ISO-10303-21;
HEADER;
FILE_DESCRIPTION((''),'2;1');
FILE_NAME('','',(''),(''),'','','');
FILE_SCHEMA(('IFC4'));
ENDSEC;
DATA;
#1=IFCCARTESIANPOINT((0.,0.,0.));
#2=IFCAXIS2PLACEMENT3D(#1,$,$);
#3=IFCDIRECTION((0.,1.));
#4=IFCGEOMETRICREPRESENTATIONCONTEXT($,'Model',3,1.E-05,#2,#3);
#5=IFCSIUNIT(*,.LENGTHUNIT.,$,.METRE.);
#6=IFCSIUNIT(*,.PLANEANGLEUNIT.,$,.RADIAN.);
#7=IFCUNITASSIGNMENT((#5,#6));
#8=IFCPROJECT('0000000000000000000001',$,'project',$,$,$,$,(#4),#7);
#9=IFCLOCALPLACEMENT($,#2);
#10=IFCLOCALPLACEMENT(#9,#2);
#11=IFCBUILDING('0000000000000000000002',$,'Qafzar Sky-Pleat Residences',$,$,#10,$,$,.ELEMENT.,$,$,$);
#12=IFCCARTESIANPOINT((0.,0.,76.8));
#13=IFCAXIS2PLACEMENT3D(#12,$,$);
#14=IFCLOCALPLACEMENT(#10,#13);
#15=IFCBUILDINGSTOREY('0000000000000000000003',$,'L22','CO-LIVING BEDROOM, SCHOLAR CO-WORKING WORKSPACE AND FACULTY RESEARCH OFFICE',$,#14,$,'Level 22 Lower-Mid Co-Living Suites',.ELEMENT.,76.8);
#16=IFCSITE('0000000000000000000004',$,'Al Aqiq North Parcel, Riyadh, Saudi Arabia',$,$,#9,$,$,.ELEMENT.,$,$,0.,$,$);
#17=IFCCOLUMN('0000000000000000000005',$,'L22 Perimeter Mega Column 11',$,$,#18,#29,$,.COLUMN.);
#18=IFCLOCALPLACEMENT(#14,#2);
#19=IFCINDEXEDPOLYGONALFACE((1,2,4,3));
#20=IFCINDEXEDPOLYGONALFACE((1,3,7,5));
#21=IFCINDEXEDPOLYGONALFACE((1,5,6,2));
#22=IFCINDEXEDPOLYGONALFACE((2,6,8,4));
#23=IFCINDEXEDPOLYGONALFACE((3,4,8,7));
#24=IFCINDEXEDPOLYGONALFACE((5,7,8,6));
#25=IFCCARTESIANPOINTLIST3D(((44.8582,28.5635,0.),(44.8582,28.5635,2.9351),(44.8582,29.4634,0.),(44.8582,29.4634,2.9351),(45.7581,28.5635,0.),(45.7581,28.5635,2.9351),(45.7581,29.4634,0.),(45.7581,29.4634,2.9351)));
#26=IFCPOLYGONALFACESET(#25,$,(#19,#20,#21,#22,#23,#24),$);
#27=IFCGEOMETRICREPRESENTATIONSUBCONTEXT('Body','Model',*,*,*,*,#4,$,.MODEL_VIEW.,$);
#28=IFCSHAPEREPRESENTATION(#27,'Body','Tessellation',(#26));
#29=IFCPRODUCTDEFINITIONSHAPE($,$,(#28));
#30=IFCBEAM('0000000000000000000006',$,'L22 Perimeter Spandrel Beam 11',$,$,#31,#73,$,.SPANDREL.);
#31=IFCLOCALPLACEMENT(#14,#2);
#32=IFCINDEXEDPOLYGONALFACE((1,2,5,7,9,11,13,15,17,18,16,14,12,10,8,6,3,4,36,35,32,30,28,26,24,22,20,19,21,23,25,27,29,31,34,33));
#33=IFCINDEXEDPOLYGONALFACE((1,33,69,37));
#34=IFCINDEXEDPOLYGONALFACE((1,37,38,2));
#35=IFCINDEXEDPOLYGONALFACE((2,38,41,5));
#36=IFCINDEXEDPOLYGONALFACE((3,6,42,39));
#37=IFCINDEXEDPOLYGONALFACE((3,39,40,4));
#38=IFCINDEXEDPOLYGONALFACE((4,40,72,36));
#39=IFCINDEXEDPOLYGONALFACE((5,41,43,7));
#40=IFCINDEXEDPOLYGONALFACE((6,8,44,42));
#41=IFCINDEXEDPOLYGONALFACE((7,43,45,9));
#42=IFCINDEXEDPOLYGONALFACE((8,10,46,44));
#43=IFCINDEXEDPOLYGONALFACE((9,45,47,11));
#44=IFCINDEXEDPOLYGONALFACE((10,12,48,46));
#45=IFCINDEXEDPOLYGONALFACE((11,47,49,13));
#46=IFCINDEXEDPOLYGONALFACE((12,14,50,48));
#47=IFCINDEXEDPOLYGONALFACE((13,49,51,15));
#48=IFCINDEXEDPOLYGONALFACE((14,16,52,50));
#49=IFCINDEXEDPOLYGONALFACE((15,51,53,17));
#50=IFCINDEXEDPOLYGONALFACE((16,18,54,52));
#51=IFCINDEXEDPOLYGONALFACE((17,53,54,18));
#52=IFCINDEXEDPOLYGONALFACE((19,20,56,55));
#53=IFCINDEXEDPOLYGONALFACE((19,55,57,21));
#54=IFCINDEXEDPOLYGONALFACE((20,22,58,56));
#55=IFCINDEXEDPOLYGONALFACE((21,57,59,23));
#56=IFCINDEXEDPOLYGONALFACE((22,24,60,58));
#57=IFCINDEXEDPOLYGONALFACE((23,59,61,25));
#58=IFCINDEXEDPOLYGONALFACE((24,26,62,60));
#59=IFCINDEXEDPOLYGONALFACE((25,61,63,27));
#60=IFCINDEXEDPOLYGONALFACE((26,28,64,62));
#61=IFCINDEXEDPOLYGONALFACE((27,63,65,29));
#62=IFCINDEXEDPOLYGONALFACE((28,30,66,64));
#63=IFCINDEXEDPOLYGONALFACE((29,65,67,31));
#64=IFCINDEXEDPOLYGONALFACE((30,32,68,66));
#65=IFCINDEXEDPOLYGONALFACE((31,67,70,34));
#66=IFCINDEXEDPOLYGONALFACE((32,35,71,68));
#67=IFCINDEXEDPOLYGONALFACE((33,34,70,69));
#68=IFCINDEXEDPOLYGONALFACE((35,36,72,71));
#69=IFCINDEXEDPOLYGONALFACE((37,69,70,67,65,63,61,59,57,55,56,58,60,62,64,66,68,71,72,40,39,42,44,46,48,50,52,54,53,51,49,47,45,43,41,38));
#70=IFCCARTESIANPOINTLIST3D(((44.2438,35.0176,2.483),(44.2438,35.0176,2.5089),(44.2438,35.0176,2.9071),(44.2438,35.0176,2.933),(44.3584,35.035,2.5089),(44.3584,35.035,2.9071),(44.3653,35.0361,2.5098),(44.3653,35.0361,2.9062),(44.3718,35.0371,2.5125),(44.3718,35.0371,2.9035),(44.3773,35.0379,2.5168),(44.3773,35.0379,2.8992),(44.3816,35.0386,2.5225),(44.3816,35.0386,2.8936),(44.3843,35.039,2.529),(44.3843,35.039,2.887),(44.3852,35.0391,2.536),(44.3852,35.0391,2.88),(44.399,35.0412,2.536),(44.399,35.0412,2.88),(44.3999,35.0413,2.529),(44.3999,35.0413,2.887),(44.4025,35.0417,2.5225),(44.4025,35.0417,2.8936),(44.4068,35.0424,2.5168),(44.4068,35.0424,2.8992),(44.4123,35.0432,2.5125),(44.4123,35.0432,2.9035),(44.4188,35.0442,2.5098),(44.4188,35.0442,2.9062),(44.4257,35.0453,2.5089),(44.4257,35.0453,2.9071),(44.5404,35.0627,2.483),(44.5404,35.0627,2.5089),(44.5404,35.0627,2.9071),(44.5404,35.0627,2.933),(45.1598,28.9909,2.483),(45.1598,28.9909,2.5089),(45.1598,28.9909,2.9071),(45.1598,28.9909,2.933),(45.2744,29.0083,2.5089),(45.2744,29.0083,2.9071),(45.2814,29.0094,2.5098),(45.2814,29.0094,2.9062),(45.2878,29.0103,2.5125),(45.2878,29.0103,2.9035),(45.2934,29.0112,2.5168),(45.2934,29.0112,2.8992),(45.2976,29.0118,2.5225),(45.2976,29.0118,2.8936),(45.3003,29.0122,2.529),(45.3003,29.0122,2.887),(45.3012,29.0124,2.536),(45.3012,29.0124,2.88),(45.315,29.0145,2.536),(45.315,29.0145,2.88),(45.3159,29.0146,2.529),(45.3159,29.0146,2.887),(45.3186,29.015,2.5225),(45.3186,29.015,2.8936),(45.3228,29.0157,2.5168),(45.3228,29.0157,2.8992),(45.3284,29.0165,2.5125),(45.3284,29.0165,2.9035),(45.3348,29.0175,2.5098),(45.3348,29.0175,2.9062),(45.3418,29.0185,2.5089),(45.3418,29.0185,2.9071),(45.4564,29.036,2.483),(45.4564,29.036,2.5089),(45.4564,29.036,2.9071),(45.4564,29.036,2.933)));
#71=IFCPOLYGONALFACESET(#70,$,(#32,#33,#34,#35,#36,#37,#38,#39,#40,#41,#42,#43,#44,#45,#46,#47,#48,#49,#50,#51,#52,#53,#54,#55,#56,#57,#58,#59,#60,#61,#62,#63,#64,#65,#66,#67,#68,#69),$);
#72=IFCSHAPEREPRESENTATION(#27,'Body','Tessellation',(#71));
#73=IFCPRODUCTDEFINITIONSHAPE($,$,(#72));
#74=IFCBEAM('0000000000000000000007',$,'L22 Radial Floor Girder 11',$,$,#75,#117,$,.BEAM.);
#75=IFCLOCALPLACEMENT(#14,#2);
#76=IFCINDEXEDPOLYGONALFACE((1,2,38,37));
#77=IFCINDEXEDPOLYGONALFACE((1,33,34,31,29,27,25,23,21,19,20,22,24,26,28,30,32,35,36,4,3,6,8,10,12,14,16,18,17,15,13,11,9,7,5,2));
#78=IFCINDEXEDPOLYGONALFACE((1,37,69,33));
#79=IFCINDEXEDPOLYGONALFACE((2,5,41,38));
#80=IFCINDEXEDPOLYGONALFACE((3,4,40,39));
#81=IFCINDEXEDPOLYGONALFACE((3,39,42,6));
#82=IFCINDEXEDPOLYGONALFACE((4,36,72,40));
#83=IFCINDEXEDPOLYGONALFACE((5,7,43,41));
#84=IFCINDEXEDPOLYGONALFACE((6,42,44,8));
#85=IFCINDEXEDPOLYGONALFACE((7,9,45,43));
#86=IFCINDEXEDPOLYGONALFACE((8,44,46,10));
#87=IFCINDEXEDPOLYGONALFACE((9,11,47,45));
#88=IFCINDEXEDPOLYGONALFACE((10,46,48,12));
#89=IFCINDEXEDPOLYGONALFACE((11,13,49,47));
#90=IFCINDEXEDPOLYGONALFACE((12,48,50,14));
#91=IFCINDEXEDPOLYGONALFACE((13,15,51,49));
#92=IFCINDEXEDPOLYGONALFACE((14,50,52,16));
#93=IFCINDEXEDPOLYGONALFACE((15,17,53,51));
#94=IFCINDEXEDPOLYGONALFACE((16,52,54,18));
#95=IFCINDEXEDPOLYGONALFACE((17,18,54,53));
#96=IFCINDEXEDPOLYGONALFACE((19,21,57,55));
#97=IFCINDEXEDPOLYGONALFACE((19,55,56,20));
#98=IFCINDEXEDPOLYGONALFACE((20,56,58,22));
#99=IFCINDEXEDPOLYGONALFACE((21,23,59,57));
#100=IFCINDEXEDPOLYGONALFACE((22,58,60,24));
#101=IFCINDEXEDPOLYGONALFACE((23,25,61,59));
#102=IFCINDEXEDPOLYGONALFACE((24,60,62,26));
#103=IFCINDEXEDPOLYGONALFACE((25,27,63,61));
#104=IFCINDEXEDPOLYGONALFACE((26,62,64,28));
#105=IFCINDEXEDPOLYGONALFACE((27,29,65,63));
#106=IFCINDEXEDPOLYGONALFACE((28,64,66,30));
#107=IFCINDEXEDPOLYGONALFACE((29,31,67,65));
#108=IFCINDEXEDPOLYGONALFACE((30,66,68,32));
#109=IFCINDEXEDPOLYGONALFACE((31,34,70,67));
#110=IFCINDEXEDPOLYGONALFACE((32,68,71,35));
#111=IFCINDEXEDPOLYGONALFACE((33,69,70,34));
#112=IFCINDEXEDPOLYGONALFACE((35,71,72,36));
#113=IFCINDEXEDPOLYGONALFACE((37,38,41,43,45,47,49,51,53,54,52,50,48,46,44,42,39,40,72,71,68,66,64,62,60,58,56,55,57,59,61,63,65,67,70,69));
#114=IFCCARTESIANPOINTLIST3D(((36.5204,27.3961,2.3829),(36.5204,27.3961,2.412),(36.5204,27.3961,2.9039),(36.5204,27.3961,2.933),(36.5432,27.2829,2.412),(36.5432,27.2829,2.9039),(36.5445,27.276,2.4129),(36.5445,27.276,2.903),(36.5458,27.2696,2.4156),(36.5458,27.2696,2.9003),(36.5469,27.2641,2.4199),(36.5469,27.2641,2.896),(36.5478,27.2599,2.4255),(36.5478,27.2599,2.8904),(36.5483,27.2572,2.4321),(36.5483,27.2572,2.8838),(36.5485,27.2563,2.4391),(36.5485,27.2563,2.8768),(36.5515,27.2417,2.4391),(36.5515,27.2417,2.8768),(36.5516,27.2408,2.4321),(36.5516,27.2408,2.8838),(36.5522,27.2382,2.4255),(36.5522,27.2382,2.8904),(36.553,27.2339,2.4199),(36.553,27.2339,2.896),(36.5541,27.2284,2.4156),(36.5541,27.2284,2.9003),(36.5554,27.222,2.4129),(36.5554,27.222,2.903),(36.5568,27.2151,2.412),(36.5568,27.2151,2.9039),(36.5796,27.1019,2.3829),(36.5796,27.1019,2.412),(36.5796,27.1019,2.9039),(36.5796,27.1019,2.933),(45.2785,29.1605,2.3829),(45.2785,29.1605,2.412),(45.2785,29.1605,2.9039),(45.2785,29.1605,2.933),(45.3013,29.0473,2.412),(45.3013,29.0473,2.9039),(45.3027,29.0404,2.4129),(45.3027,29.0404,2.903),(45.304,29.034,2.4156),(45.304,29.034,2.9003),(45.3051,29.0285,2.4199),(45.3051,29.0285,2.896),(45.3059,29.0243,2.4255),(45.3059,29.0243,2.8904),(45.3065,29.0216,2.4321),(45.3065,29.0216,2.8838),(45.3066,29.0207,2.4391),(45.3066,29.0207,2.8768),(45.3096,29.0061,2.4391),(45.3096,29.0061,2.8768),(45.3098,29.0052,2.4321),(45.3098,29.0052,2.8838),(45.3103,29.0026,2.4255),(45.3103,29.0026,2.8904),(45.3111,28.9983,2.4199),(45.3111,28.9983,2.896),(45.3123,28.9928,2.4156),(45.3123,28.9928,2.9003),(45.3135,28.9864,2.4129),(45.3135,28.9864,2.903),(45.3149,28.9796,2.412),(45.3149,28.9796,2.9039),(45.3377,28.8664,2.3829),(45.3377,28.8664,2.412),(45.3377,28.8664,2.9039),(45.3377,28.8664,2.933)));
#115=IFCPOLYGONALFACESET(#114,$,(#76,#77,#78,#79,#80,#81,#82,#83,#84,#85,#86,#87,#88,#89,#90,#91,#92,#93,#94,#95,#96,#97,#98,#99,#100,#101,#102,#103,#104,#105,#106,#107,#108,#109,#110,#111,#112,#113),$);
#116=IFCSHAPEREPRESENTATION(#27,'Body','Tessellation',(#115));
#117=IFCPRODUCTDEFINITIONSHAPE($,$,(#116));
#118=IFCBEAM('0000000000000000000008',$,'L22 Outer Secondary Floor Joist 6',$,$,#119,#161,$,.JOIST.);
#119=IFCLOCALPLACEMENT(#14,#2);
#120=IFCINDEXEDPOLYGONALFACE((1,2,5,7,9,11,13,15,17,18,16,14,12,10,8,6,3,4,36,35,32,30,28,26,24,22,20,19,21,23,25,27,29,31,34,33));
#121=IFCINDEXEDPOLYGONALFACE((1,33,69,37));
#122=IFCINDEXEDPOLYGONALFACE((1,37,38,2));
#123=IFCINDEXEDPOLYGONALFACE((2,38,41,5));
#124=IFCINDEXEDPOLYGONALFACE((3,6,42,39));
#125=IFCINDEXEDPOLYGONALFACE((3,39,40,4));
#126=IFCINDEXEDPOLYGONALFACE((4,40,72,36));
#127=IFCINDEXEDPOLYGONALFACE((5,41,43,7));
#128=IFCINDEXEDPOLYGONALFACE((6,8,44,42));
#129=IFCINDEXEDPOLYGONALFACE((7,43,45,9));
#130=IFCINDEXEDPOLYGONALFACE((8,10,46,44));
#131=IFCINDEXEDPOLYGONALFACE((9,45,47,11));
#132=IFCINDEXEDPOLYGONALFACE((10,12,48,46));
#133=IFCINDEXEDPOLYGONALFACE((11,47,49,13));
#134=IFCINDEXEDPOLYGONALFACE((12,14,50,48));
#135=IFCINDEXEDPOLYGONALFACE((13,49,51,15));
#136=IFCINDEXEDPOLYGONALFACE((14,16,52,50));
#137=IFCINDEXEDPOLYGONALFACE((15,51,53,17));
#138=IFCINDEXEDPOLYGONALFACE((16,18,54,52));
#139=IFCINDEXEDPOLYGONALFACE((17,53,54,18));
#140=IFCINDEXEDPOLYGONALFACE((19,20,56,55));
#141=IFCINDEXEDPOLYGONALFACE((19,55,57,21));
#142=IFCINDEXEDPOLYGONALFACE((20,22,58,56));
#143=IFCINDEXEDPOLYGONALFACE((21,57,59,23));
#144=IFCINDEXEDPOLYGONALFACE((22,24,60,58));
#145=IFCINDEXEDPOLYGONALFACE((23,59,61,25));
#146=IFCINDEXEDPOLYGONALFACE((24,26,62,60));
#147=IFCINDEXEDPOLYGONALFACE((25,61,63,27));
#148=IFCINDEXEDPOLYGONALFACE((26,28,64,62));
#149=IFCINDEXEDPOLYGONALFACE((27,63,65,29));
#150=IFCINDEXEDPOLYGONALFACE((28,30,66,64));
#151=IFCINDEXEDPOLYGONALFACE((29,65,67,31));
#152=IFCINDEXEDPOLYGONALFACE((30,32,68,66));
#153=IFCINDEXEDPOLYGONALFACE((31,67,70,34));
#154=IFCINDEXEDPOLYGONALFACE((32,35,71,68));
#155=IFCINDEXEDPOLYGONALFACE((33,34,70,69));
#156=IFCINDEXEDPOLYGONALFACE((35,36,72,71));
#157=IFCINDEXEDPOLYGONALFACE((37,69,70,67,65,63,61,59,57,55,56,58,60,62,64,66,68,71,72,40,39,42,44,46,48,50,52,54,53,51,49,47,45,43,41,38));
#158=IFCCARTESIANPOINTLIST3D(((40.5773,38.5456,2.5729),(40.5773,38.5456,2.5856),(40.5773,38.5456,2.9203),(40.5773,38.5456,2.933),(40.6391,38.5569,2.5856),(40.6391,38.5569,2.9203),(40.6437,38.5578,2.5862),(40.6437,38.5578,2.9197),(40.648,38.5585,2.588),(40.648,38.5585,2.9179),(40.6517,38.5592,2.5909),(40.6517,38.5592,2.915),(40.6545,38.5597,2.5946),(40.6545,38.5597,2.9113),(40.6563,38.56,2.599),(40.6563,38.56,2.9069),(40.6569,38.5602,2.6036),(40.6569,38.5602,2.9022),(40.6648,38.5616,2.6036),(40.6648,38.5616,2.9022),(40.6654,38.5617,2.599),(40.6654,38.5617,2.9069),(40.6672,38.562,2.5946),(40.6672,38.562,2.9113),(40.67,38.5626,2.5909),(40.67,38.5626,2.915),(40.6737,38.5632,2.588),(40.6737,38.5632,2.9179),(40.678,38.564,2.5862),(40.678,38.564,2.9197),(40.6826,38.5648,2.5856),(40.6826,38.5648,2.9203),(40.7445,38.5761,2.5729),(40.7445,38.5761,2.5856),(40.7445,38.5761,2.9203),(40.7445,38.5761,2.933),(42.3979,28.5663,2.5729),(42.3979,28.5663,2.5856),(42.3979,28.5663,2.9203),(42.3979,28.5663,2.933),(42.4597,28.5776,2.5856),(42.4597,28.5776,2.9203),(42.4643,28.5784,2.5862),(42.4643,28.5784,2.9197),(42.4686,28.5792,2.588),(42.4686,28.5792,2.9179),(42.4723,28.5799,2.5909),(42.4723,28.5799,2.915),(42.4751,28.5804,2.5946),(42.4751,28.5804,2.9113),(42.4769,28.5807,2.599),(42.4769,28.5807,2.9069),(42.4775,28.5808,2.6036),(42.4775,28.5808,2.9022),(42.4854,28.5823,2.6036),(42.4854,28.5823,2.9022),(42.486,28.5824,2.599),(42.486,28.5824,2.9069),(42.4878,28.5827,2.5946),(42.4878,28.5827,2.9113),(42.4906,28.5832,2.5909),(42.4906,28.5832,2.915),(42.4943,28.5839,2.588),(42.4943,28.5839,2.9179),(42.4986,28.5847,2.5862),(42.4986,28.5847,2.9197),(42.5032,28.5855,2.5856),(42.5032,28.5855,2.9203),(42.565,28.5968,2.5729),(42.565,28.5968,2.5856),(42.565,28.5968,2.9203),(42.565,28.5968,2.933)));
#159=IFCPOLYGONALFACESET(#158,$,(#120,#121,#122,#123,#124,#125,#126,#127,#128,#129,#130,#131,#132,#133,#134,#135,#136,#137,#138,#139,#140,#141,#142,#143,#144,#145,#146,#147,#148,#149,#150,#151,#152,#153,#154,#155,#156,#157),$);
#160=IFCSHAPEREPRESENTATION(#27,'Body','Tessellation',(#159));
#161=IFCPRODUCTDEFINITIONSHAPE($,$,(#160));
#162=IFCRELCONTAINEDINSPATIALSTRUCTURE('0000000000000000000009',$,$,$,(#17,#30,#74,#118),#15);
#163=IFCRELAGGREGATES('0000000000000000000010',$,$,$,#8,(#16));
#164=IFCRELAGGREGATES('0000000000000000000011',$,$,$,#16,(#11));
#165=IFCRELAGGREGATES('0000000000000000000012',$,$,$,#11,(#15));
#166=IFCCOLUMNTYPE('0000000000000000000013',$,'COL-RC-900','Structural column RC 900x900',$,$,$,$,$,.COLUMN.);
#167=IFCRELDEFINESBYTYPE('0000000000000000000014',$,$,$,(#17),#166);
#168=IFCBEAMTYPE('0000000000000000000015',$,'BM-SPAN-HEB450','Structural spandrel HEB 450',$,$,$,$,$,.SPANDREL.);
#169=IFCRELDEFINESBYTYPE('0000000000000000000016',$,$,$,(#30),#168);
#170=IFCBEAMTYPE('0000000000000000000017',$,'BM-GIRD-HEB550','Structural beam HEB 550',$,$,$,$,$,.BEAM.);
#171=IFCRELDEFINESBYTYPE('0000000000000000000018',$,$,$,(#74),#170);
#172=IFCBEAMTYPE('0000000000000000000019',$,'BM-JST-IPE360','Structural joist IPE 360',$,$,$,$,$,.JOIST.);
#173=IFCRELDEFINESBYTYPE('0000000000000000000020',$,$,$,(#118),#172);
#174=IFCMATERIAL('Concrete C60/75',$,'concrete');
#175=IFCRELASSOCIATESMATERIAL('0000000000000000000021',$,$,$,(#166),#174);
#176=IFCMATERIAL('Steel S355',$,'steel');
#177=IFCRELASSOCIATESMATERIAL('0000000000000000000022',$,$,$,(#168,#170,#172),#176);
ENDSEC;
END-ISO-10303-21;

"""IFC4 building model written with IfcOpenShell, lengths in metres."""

from ifc_helpers import new_model, si_unit, direction, frame, origin, origin_2d, place, context, subcontext, project, spatial, rectangle, i_section, extrude, source, transform, mapped, material, material_profile, profile_set, type_object, element, save


model = new_model("IFC4")

# Units and contexts
model_context = context("Model", 3, precision=1e-05, world=origin(), true_north=direction((0.0, 1.0)))
body_context = subcontext(model_context, "Body", "Model", "MODEL_VIEW")
ifc_project = project(units=[si_unit("LENGTHUNIT", "METRE"), si_unit("PLANEANGLEUNIT", "RADIAN")], contexts=[model_context])

# Site, building, storey
site_placement = place(None, origin())
site = spatial("IfcSite", under=ifc_project, at=site_placement, Name="Al Aqiq North Parcel, Riyadh, Saudi Arabia", CompositionType="ELEMENT", RefElevation=0.0)
building_placement = place(site_placement, origin())
building = spatial("IfcBuilding", under=site, at=building_placement, Name="Qafzar Sky-Pleat Residences", CompositionType="ELEMENT")
storey_placement = place(building_placement, frame((0.0, 0.0, 76.8)))
storey = spatial("IfcBuildingStorey", under=building, at=storey_placement, Name="L22", Description="CO-LIVING BEDROOM, SCHOLAR CO-WORKING WORKSPACE AND FACULTY RESEARCH OFFICE", LongName="Level 22 Lower-Mid Co-Living Suites", CompositionType="ELEMENT", Elevation=76.8)

# Column
ifc_material_1 = material(Name="Concrete C60/75", Category="concrete")
ifc_material_profile_1 = material_profile(ifc_material_1, rectangle(XDim=0.8999, YDim=0.8999, at=origin_2d()), Name="RC 900x900")
ifc_profile_set_1 = profile_set([ifc_material_profile_1], Name="Concrete C60/75")
column_type = type_object("IfcColumnType", Name="COL-RC-900", Description="Structural column RC 900x900", PredefinedType="COLUMN", material=ifc_profile_set_1)
shared_shape_1 = source(origin(), body_context, "Body", "SweptSolid", [
    extrude(rectangle(XDim=0.8999, YDim=0.8999, at=origin_2d()), origin(), (0.0, 0.0, 1.0), 2.9351),
])
column_placement = place(storey_placement, frame((45.3081, 29.0134, 0.0), z_axis=(0.0, 0.0, 1.0), x_axis=(1.0, 0.0, 0.0)))
element("IfcColumn", 1, at=column_placement, inside=storey, type_object=column_type, Name="L22 Perimeter Mega Column 11", PredefinedType="COLUMN", context=body_context, shape_type="MappedRepresentation", body=[
    mapped(shared_shape_1, transform((0.0, 0.0, 0.0), x_axis=(1.0, 0.0, 0.0), y_axis=(0.0, 1.0, 0.0), z_axis=(0.0, 0.0, 1.0), scale=1.0)),
])

# Beams
ifc_material_2 = material(Name="Steel S355", Category="steel")
ifc_material_profile_2 = material_profile(ifc_material_2, i_section(OverallWidth=0.3, OverallDepth=0.45, WebThickness=0.0139, FlangeThickness=0.0259, FilletRadius=0.0271, at=origin_2d()), Name="HEB 450")
ifc_profile_set_2 = profile_set([ifc_material_profile_2], Name="Steel S355")
beam_type_1 = type_object("IfcBeamType", Name="BM-SPAN-HEB450", Description="Structural spandrel HEB 450", PredefinedType="SPANDREL", material=ifc_profile_set_2)
shared_shape_2 = source(origin(), body_context, "Body", "SweptSolid", [
    extrude(i_section(OverallWidth=0.3, OverallDepth=0.45, WebThickness=0.0139, FlangeThickness=0.0259, FilletRadius=0.0271, at=origin_2d()), origin(), (0.0, 0.0, 1.0), 6.0959),
])
beam_1_placement = place(storey_placement, frame((45.3081, 29.0134, 2.708), z_axis=(-0.150269, 0.988645, 0.0), x_axis=(-0.988645, -0.150269, 0.0)))
element("IfcBeam", 2, at=beam_1_placement, inside=storey, type_object=beam_type_1, Name="L22 Perimeter Spandrel Beam 11", PredefinedType="SPANDREL", context=body_context, shape_type="MappedRepresentation", body=[
    mapped(shared_shape_2, transform((0.0, 0.0, 0.0), x_axis=(1.0, 0.0, 0.0), y_axis=(0.0, 1.0, 0.0), z_axis=(0.0, 0.0, 1.0), scale=1.0)),
])
ifc_material_profile_3 = material_profile(ifc_material_2, i_section(OverallWidth=0.3, OverallDepth=0.55, WebThickness=0.0149, FlangeThickness=0.0291, FilletRadius=0.0271, at=origin_2d()), Name="HEB 550")
ifc_profile_set_3 = profile_set([ifc_material_profile_3], Name="Steel S355")
beam_type_2 = type_object("IfcBeamType", Name="BM-GIRD-HEB550", Description="Structural beam HEB 550", PredefinedType="BEAM", material=ifc_profile_set_3)
shared_shape_3 = source(origin(), body_context, "Body", "SweptSolid", [
    extrude(i_section(OverallWidth=0.3, OverallDepth=0.55, WebThickness=0.0149, FlangeThickness=0.0291, FilletRadius=0.0271, at=origin_2d()), origin(), (0.0, 0.0, 1.0), 8.9341),
])
beam_2_placement = place(storey_placement, frame((45.3081, 29.0134, 2.658), z_axis=(-0.980304, -0.197493, 0.0), x_axis=(0.197493, -0.980304, 0.0)))
element("IfcBeam", 3, at=beam_2_placement, inside=storey, type_object=beam_type_2, Name="L22 Radial Floor Girder 11", PredefinedType="BEAM", context=body_context, shape_type="MappedRepresentation", body=[
    mapped(shared_shape_3, transform((0.0, 0.0, 0.0), x_axis=(1.0, 0.0, 0.0), y_axis=(0.0, 1.0, 0.0), z_axis=(0.0, 0.0, 1.0), scale=1.0)),
])
ifc_material_profile_4 = material_profile(ifc_material_2, i_section(OverallWidth=0.1699, OverallDepth=0.3601, WebThickness=0.0081, FlangeThickness=0.0127, FilletRadius=0.0181, at=origin_2d()), Name="IPE 360")
ifc_profile_set_4 = profile_set([ifc_material_profile_4], Name="Steel S355")
beam_type_3 = type_object("IfcBeamType", Name="BM-JST-IPE360", Description="Structural joist IPE 360", PredefinedType="JOIST", material=ifc_profile_set_4)
shared_shape_4 = source(origin(), body_context, "Body", "SweptSolid", [
    extrude(i_section(OverallWidth=0.1699, OverallDepth=0.3601, WebThickness=0.0081, FlangeThickness=0.0127, FilletRadius=0.0181, at=origin_2d()), origin(), (0.0, 0.0, 1.0), 10.144),
])
beam_3_placement = place(storey_placement, frame((42.4814, 28.5815, 2.7529), z_axis=(-0.179472, 0.983763, 0.0), x_axis=(-0.983763, -0.179472, 0.0)))
element("IfcBeam", 4, at=beam_3_placement, inside=storey, type_object=beam_type_3, Name="L22 Outer Secondary Floor Joist 6", PredefinedType="JOIST", context=body_context, shape_type="MappedRepresentation", body=[
    mapped(shared_shape_4, transform((0.0, 0.0, 0.0), x_axis=(1.0, 0.0, 0.0), y_axis=(0.0, 1.0, 0.0), z_axis=(0.0, 0.0, 1.0), scale=1.0)),
])

save(model, "model.ifc")
